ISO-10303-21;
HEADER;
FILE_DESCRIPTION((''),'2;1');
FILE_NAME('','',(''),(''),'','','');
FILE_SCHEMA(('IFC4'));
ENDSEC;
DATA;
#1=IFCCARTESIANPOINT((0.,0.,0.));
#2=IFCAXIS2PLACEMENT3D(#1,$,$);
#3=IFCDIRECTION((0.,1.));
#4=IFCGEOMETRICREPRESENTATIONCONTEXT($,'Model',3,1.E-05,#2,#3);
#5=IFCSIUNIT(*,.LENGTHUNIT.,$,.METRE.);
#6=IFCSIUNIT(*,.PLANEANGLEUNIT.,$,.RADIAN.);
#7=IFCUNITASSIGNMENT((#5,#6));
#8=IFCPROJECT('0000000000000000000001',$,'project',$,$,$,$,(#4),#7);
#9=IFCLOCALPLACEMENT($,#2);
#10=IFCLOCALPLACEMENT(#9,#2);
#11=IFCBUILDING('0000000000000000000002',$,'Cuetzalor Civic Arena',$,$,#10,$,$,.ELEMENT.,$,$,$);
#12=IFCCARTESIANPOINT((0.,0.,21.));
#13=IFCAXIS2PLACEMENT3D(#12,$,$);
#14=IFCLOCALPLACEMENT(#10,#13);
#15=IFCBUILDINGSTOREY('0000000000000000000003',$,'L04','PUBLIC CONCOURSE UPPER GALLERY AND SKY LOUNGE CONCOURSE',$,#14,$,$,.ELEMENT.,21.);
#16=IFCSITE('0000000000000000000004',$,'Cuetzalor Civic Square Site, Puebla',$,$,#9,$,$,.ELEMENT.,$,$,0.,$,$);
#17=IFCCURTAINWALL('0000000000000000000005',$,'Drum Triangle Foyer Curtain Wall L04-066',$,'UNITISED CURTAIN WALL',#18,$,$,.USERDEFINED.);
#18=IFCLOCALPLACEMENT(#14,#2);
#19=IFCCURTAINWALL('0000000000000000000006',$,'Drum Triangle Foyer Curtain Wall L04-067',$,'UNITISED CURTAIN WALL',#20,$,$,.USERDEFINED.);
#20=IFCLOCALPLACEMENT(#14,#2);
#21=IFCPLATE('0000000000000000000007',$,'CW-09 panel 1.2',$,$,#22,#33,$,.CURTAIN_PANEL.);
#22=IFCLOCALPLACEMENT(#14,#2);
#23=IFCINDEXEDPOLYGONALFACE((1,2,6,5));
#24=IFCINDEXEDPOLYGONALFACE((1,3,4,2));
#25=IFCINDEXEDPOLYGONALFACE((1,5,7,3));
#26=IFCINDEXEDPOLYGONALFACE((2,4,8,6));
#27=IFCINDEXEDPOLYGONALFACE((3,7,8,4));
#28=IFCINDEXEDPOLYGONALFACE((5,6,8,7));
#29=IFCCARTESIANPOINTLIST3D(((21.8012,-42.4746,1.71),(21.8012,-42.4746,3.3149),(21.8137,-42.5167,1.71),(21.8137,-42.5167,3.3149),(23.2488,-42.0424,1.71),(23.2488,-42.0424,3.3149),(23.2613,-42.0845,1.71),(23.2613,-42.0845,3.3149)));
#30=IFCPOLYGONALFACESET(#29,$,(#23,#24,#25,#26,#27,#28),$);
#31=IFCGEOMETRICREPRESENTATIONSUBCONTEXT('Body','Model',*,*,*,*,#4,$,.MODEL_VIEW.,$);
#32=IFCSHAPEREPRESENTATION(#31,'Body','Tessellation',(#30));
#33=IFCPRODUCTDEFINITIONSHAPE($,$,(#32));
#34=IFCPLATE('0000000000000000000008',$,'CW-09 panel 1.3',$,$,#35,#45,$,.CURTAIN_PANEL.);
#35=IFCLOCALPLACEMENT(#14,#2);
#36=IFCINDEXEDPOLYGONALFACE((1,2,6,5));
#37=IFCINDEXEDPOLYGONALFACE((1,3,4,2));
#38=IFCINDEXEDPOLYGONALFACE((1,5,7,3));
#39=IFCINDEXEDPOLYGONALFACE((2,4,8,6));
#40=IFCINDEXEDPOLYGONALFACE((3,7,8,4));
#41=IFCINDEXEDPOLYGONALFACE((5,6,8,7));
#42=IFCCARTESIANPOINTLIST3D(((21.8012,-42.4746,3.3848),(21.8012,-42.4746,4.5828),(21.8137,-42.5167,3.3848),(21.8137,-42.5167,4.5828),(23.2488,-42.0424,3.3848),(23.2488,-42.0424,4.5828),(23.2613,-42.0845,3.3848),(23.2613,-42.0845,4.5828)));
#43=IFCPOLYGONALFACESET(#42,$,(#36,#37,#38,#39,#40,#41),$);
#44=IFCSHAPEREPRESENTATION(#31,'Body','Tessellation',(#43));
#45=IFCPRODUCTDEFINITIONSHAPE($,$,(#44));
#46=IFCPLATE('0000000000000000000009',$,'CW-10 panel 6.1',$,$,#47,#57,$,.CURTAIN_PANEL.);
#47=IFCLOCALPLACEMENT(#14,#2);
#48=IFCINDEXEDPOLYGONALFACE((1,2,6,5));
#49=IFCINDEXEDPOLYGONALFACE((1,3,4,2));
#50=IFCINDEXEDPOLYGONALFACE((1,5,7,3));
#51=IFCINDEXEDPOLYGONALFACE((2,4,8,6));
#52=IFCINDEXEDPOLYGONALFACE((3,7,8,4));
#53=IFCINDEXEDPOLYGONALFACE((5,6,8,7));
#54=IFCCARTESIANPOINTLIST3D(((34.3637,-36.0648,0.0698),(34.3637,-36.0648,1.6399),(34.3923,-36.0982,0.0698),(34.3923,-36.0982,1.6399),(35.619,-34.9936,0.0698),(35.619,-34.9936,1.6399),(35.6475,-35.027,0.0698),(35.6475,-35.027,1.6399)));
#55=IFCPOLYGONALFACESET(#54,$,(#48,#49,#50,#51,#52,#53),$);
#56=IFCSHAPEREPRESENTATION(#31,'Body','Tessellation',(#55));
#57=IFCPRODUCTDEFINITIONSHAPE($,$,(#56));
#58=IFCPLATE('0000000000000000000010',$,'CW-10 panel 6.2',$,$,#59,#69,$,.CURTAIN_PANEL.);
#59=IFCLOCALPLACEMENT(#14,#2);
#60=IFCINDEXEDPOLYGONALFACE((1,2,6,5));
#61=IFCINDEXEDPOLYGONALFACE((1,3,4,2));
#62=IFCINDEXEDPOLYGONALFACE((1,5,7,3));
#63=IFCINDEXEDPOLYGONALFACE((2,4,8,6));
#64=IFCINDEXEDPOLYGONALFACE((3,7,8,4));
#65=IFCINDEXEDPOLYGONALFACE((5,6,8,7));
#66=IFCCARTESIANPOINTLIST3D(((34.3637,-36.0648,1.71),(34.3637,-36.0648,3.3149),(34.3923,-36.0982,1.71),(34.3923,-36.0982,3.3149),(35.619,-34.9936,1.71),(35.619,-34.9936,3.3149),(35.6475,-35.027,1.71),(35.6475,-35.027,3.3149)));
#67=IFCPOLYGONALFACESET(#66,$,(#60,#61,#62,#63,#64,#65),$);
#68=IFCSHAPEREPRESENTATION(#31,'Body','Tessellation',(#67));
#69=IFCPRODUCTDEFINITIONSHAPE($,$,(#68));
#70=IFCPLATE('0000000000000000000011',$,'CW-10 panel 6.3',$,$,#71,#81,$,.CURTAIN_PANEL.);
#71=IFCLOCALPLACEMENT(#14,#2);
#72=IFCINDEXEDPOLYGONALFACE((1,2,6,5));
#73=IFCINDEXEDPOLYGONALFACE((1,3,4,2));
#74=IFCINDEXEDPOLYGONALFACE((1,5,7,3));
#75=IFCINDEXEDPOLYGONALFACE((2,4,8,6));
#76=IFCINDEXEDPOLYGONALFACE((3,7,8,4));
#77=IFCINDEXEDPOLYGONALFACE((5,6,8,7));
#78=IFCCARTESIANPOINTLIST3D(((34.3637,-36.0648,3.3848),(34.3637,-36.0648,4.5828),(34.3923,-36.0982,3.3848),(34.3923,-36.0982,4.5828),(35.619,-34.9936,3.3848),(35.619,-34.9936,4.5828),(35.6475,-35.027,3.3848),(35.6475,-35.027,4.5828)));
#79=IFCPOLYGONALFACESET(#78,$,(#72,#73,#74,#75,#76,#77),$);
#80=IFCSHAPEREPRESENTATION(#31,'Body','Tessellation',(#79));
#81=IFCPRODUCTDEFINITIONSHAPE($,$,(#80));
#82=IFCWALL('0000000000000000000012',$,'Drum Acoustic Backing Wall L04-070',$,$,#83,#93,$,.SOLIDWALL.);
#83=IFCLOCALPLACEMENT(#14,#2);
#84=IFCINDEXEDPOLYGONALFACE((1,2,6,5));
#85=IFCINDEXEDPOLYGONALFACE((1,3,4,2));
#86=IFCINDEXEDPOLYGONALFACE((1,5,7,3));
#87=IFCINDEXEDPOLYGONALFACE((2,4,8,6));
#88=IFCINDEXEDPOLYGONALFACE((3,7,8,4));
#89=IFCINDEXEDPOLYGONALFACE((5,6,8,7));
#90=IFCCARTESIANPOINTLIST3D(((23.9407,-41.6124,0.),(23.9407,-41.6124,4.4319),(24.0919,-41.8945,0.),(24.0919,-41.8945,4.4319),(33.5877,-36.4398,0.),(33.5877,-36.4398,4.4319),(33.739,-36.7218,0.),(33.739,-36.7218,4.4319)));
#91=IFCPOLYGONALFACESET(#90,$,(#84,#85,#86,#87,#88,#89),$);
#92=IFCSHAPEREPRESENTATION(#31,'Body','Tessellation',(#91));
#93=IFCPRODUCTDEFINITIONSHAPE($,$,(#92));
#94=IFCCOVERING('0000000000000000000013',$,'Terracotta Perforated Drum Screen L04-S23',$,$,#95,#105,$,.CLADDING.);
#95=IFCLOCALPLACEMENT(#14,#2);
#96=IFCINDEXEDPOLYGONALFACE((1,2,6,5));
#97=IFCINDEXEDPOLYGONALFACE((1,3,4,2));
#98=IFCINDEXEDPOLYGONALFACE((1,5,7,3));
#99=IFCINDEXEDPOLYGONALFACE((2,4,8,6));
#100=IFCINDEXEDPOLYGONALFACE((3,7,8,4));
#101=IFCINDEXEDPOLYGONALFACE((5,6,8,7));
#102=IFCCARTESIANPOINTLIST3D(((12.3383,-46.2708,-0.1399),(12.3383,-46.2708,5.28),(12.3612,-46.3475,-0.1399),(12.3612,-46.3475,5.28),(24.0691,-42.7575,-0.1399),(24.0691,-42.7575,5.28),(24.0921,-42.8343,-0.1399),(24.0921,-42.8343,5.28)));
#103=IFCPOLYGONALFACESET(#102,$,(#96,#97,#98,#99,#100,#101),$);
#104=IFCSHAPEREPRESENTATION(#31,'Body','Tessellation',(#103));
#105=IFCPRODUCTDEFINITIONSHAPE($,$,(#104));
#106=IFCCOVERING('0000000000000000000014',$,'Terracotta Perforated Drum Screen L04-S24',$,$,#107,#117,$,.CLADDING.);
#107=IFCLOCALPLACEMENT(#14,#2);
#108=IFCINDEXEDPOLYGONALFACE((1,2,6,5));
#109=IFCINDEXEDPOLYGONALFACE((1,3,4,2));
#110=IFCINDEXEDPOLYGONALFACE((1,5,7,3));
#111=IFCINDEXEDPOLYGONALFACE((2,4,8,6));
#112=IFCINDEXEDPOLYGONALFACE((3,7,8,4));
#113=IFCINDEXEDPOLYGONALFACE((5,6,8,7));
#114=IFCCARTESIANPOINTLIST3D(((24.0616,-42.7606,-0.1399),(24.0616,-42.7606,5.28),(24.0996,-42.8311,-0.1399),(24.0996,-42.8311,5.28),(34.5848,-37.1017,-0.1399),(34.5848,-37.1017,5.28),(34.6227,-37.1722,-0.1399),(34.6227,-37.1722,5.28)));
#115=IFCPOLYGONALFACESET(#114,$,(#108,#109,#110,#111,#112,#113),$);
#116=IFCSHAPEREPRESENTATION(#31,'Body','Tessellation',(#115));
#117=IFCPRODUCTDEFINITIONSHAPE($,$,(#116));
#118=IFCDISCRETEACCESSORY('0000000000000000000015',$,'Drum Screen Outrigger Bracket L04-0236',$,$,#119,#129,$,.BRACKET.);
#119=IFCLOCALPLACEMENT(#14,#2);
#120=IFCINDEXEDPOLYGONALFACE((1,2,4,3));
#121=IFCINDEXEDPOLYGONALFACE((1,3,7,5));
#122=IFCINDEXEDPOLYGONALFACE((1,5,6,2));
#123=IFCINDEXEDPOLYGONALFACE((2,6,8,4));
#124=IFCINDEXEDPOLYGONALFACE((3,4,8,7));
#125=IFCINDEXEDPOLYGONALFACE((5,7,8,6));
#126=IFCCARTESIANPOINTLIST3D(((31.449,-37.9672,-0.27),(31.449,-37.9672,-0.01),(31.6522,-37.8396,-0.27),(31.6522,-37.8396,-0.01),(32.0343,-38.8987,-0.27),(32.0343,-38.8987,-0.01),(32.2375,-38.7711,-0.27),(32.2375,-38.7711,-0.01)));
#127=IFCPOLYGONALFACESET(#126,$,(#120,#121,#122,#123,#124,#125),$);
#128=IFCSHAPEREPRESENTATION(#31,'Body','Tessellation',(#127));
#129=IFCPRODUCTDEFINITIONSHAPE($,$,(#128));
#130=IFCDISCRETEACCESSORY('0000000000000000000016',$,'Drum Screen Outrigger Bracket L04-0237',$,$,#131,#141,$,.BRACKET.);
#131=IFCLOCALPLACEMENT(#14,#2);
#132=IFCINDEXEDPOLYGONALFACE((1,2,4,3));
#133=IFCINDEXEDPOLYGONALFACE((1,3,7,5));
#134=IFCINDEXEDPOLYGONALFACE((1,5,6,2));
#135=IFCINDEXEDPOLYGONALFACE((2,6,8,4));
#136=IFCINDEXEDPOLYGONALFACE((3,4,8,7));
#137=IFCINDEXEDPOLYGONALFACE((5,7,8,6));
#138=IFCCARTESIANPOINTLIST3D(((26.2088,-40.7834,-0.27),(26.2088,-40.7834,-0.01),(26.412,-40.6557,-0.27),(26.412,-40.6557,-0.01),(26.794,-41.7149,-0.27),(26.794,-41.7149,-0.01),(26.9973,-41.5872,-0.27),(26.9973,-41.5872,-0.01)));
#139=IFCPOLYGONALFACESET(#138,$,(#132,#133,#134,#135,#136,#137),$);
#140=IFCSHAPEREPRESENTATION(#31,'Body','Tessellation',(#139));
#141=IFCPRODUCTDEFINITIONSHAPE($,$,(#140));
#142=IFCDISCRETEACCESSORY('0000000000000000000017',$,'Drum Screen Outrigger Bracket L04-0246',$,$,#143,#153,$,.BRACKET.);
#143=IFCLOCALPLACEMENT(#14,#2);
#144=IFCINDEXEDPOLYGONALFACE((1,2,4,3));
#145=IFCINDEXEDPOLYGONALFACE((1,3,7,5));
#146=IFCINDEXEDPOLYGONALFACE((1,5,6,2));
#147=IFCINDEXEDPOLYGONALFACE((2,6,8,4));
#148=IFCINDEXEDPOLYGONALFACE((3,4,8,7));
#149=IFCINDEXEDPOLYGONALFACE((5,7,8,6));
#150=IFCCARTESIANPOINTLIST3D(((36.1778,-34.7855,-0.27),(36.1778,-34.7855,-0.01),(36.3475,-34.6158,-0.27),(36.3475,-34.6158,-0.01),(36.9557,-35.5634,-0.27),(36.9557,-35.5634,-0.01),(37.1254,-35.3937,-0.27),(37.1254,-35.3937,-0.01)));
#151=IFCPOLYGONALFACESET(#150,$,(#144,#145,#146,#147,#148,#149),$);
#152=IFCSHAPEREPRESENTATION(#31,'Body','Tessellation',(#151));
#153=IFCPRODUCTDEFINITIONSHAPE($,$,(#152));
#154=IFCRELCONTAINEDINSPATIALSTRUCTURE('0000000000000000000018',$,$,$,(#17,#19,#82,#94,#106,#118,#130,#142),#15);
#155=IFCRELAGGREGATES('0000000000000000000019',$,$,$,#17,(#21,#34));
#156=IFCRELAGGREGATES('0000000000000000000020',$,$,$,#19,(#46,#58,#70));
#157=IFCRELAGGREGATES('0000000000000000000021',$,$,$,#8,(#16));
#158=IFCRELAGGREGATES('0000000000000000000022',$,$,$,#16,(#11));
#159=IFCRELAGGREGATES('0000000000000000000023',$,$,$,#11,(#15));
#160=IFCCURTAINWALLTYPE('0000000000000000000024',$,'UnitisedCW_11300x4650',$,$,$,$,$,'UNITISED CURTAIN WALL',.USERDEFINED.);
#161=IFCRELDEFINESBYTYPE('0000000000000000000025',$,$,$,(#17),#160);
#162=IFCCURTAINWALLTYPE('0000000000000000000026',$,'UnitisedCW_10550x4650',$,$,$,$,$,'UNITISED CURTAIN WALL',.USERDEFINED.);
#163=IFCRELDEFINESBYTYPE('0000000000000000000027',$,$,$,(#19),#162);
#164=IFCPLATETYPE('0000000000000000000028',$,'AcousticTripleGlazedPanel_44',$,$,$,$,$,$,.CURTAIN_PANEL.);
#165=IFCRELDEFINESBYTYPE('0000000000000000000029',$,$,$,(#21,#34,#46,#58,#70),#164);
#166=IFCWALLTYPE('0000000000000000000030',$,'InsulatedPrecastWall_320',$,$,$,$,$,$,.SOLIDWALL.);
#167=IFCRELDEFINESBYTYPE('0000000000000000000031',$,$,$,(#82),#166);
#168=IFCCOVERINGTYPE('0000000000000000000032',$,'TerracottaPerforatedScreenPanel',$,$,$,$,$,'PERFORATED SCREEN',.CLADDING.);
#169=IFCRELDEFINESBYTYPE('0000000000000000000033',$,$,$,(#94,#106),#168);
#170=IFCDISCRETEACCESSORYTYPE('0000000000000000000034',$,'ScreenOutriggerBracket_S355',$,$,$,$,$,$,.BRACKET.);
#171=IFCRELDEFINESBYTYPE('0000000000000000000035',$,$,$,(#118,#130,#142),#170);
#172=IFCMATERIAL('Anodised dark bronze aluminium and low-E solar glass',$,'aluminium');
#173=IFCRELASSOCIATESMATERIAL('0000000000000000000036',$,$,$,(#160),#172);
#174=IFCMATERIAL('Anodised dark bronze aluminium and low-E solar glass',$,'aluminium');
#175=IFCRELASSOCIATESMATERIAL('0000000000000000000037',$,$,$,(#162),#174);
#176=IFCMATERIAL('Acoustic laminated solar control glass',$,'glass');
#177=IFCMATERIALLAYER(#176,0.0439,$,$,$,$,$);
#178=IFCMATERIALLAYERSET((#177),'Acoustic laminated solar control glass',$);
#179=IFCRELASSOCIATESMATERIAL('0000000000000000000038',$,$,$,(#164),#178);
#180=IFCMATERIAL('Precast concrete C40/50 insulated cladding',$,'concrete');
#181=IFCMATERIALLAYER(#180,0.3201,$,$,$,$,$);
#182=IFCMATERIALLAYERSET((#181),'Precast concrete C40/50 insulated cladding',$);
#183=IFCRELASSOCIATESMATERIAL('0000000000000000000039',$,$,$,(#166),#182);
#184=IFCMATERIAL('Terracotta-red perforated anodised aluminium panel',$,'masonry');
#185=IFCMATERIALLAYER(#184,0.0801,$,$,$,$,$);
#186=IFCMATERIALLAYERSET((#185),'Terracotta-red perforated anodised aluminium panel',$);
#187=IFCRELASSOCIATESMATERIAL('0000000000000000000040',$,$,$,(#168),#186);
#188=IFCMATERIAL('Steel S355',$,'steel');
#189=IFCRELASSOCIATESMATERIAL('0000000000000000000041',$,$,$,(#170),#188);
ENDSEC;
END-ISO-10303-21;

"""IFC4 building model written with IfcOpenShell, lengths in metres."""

from ifc_helpers import new_model, si_unit, direction, frame, frame_2d, origin, origin_2d, place, context, subcontext, project, spatial, rectangle, extrude, material, layer, layer_set, type_object, element, aggregate, save


model = new_model("IFC4")

# Units and contexts
model_context = context("Model", 3, precision=1e-05, world=origin(), true_north=direction((0.0, 1.0)))
body_context = subcontext(model_context, "Body", "Model", "MODEL_VIEW")
ifc_project = project(units=[si_unit("LENGTHUNIT", "METRE"), si_unit("PLANEANGLEUNIT", "RADIAN")], contexts=[model_context])

# Site, building, storey
site_placement = place(None, origin())
site = spatial("IfcSite", under=ifc_project, at=site_placement, Name="Cuetzalor Civic Square Site, Puebla", CompositionType="ELEMENT", RefElevation=0.0)
building_placement = place(site_placement, origin())
building = spatial("IfcBuilding", under=site, at=building_placement, Name="Cuetzalor Civic Arena", CompositionType="ELEMENT")
storey_placement = place(building_placement, frame((0.0, 0.0, 21.0)))
storey = spatial("IfcBuildingStorey", under=building, at=storey_placement, Name="L04", Description="PUBLIC CONCOURSE UPPER GALLERY AND SKY LOUNGE CONCOURSE", CompositionType="ELEMENT", Elevation=21.0)

# Curtain wall
ifc_material_1 = material(Name="Anodised dark bronze aluminium and low-E solar glass", Category="aluminium")
curtain_wall_type_1 = type_object("IfcCurtainWallType", Name="UnitisedCW_11300x4650", ElementType="UNITISED CURTAIN WALL", PredefinedType="USERDEFINED", material=ifc_material_1)
curtain_wall_1_placement = place(storey_placement, origin())
curtain_wall_1 = element("IfcCurtainWall", 1, at=curtain_wall_1_placement, inside=storey, type_object=curtain_wall_type_1, Name="Drum Triangle Foyer Curtain Wall L04-066", ObjectType="UNITISED CURTAIN WALL", PredefinedType="USERDEFINED")

# Curtain wall
ifc_material_2 = material(Name="Anodised dark bronze aluminium and low-E solar glass", Category="aluminium")
curtain_wall_type_2 = type_object("IfcCurtainWallType", Name="UnitisedCW_10550x4650", ElementType="UNITISED CURTAIN WALL", PredefinedType="USERDEFINED", material=ifc_material_2)
curtain_wall_2_placement = place(storey_placement, origin())
curtain_wall_2 = element("IfcCurtainWall", 2, at=curtain_wall_2_placement, inside=storey, type_object=curtain_wall_type_2, Name="Drum Triangle Foyer Curtain Wall L04-067", ObjectType="UNITISED CURTAIN WALL", PredefinedType="USERDEFINED")

# Plates
ifc_material_3 = material(Name="Acoustic laminated solar control glass", Category="glass")
ifc_layer_1 = layer(ifc_material_3, 0.0439)
ifc_layer_set_1 = layer_set([ifc_layer_1], Name="Acoustic laminated solar control glass")
plate_type = type_object("IfcPlateType", Name="AcousticTripleGlazedPanel_44", PredefinedType="CURTAIN_PANEL", material=ifc_layer_set_1)
plate_1_placement = place(storey_placement, frame((22.5312, -42.2795, 1.71), z_axis=(0.0, 0.0, 1.0), x_axis=(-0.958194, -0.28612, 0.0)))
plate_1 = element("IfcPlate", 3, at=plate_1_placement, type_object=plate_type, Name="CW-09 panel 1.2", PredefinedType="CURTAIN_PANEL", context=body_context, shape_type="SweptSolid", body=[
    extrude(rectangle(XDim=1.5107, YDim=0.0439, at=origin_2d()), origin(), (0.0, 0.0, 1.0), 1.605),
])
plate_2_placement = place(storey_placement, frame((22.5312, -42.2795, 3.3848), z_axis=(0.0, 0.0, 1.0), x_axis=(-0.958194, -0.28612, 0.0)))
plate_2 = element("IfcPlate", 4, at=plate_2_placement, type_object=plate_type, Name="CW-09 panel 1.3", PredefinedType="CURTAIN_PANEL", context=body_context, shape_type="SweptSolid", body=[
    extrude(rectangle(XDim=1.5107, YDim=0.0439, at=origin_2d()), origin(), (0.0, 0.0, 1.0), 1.198),
])
aggregate(curtain_wall_1, [plate_1, plate_2])
plate_3_placement = place(storey_placement, frame((35.0056, -35.5459, 0.0698), z_axis=(0.0, 0.0, 1.0), x_axis=(-0.760677, -0.64913, 0.0)))
plate_3 = element("IfcPlate", 5, at=plate_3_placement, type_object=plate_type, Name="CW-10 panel 6.1", PredefinedType="CURTAIN_PANEL", context=body_context, shape_type="SweptSolid", body=[
    extrude(rectangle(XDim=1.6501, YDim=0.0439, at=origin_2d()), origin(), (0.0, 0.0, 1.0), 1.5701),
])
plate_4_placement = place(storey_placement, frame((35.0056, -35.5459, 1.71), z_axis=(0.0, 0.0, 1.0), x_axis=(-0.760677, -0.64913, 0.0)))
plate_4 = element("IfcPlate", 6, at=plate_4_placement, type_object=plate_type, Name="CW-10 panel 6.2", PredefinedType="CURTAIN_PANEL", context=body_context, shape_type="SweptSolid", body=[
    extrude(rectangle(XDim=1.6501, YDim=0.0439, at=origin_2d()), origin(), (0.0, 0.0, 1.0), 1.605),
])
plate_5_placement = place(storey_placement, frame((35.0056, -35.5459, 3.3848), z_axis=(0.0, 0.0, 1.0), x_axis=(-0.760677, -0.64913, 0.0)))
plate_5 = element("IfcPlate", 7, at=plate_5_placement, type_object=plate_type, Name="CW-10 panel 6.3", PredefinedType="CURTAIN_PANEL", context=body_context, shape_type="SweptSolid", body=[
    extrude(rectangle(XDim=1.6501, YDim=0.0439, at=origin_2d()), origin(), (0.0, 0.0, 1.0), 1.198),
])
aggregate(curtain_wall_2, [plate_3, plate_4, plate_5])

# Wall
ifc_material_4 = material(Name="Precast concrete C40/50 insulated cladding", Category="concrete")
ifc_layer_2 = layer(ifc_material_4, 0.3201)
ifc_layer_set_2 = layer_set([ifc_layer_2], Name="Precast concrete C40/50 insulated cladding")
wall_type = type_object("IfcWallType", Name="InsulatedPrecastWall_320", PredefinedType="SOLIDWALL", material=ifc_layer_set_2)
wall_placement = place(storey_placement, frame((33.6633, -36.5808, 0.0), z_axis=(0.0, 0.0, 1.0), x_axis=(-0.881306, -0.472547, 0.0)))
element("IfcWall", 8, at=wall_placement, inside=storey, type_object=wall_type, Name="Drum Acoustic Backing Wall L04-070", PredefinedType="SOLIDWALL", context=body_context, shape_type="SweptSolid", body=[
    extrude(rectangle(XDim=10.9463, YDim=0.3201, at=frame_2d((5.4731, 0.0))), origin(), (0.0, 0.0, 1.0), 4.4319),
])

# Coverings
ifc_material_5 = material(Name="Terracotta-red perforated anodised aluminium panel", Category="masonry")
ifc_layer_3 = layer(ifc_material_5, 0.0801)
ifc_layer_set_3 = layer_set([ifc_layer_3], Name="Terracotta-red perforated anodised aluminium panel")
covering_type = type_object("IfcCoveringType", Name="TerracottaPerforatedScreenPanel", ElementType="PERFORATED SCREEN", PredefinedType="CLADDING", material=ifc_layer_set_3)
covering_1_placement = place(storey_placement, frame((24.0806, -42.7959, -0.1399), z_axis=(0.0, 0.0, 1.0), x_axis=(-0.957962, -0.286896, 0.0)))
element("IfcCovering", 9, at=covering_1_placement, inside=storey, type_object=covering_type, Name="Terracotta Perforated Drum Screen L04-S23", PredefinedType="CLADDING", context=body_context, shape_type="SweptSolid", body=[
    extrude(rectangle(XDim=12.2456, YDim=0.0801, at=frame_2d((6.1228, 0.0))), origin(), (0.0, 0.0, 1.0), 5.4199),
])
covering_2_placement = place(storey_placement, frame((34.6038, -37.137, -0.1399), z_axis=(0.0, 0.0, 1.0), x_axis=(-0.880729, -0.47362, 0.0)))
element("IfcCovering", 10, at=covering_2_placement, inside=storey, type_object=covering_type, Name="Terracotta Perforated Drum Screen L04-S24", PredefinedType="CLADDING", context=body_context, shape_type="SweptSolid", body=[
    extrude(rectangle(XDim=11.9482, YDim=0.0801, at=frame_2d((5.9741, 0.0))), origin(), (0.0, 0.0, 1.0), 5.4199),
])

# Discrete accessories
ifc_material_6 = material(Name="Steel S355", Category="steel")
discrete_accessory_type = type_object("IfcDiscreteAccessoryType", Name="ScreenOutriggerBracket_S355", PredefinedType="BRACKET", material=ifc_material_6)
for number, where, z_axis, x_axis, name in (
    (11, (31.8433, -38.3691, -0.27), (0.0, 0.0, 1.0), (0.53199, -0.846751, 0.0), "Drum Screen Outrigger Bracket L04-0236"),
    (12, (26.603, -41.1853, -0.27), (0.0, 0.0, 1.0), (0.53199, -0.846751, 0.0), "Drum Screen Outrigger Bracket L04-0237"),
    (13, (36.6516, -35.0896, -0.27), (0.0, 0.0, 1.0), (0.707107, -0.707107, 0.0), "Drum Screen Outrigger Bracket L04-0246"),
):
    element("IfcDiscreteAccessory", number, at=place(storey_placement, frame(where, z_axis=z_axis, x_axis=x_axis)), inside=storey, type_object=discrete_accessory_type, Name=name, PredefinedType="BRACKET", context=body_context, shape_type="SweptSolid", body=[
        extrude(rectangle(XDim=1.1001, YDim=0.24, at=origin_2d()), origin(), (0.0, 0.0, 1.0), 0.26),
    ])

save(model, "model.ifc")
